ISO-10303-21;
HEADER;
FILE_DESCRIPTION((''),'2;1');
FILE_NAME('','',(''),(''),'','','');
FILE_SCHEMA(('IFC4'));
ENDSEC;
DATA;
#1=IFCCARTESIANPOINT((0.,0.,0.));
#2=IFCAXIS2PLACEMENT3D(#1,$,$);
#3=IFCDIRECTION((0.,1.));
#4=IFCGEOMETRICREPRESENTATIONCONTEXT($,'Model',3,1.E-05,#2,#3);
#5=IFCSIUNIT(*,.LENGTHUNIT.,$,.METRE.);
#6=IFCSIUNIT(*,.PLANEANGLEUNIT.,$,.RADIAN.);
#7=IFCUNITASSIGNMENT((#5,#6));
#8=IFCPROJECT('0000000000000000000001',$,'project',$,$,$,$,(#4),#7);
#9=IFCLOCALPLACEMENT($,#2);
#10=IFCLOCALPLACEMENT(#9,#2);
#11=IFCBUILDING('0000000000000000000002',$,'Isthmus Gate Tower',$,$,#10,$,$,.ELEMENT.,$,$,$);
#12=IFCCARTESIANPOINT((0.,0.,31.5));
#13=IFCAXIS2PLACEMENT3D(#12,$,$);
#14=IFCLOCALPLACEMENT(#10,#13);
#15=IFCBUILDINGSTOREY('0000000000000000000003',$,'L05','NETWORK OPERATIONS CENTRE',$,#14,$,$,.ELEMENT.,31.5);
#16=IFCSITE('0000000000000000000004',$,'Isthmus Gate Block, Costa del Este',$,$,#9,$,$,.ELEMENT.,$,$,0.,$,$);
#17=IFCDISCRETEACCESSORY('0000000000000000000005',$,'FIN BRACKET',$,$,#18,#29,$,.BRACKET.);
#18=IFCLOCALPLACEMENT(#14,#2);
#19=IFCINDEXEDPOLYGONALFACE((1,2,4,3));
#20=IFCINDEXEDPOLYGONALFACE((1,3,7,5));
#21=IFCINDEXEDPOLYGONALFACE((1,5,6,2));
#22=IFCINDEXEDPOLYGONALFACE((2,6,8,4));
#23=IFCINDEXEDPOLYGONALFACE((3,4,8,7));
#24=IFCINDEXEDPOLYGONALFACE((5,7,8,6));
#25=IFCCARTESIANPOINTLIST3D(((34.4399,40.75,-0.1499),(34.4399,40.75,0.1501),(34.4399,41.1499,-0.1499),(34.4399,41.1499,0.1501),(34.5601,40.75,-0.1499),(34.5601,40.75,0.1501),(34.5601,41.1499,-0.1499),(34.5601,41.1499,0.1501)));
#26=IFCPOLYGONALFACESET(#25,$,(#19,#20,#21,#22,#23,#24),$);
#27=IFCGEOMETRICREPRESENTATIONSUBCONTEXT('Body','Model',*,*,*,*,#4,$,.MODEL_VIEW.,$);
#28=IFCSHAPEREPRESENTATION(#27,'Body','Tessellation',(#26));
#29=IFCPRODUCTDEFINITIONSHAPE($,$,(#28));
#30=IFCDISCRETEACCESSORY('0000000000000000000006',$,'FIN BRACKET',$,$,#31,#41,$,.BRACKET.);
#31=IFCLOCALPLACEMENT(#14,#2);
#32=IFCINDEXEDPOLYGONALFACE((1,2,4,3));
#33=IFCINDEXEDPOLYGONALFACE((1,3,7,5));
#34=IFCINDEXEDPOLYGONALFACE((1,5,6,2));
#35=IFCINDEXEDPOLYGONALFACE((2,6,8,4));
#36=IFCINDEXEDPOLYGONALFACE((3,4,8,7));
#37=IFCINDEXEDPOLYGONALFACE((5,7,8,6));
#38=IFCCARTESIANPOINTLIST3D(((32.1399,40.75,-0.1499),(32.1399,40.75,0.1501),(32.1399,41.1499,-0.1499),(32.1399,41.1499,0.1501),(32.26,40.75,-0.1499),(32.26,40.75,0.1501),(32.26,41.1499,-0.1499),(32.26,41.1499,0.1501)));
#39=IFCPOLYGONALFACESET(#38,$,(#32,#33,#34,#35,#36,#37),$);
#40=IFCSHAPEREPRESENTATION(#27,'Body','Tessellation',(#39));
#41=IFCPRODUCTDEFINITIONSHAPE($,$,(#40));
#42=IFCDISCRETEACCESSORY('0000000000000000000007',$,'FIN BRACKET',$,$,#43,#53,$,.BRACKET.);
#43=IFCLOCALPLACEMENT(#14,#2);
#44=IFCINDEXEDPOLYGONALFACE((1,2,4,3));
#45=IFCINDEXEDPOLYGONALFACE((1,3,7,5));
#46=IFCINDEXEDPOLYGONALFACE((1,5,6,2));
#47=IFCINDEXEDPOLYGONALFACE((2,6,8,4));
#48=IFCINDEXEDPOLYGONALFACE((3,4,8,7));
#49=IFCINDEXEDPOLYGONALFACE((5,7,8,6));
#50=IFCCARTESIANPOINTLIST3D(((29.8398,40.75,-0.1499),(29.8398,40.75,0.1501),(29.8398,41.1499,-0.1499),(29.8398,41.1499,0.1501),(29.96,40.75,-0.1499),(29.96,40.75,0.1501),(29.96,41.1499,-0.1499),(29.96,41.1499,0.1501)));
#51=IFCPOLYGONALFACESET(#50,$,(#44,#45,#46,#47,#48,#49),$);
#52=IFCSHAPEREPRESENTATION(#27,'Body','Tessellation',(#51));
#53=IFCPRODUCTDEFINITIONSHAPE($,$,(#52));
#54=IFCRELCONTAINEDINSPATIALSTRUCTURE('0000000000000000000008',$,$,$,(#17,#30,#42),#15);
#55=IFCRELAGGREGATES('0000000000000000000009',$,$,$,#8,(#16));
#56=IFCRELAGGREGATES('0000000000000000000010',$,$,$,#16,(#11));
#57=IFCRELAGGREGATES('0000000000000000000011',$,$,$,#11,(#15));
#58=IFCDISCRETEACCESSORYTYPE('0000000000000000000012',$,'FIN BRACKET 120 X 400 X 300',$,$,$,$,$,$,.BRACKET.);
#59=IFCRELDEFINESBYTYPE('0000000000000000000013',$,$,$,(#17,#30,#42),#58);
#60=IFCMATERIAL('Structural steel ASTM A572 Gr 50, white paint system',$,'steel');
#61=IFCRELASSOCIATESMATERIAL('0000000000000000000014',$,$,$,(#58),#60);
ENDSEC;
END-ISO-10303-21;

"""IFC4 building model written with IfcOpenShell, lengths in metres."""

from ifc_helpers import new_model, si_unit, direction, frame, origin, origin_2d, place, context, subcontext, project, spatial, rectangle, extrude, material, type_object, element, save


model = new_model("IFC4")

# Units and contexts
model_context = context("Model", 3, precision=1e-05, world=origin(), true_north=direction((0.0, 1.0)))
body_context = subcontext(model_context, "Body", "Model", "MODEL_VIEW")
ifc_project = project(units=[si_unit("LENGTHUNIT", "METRE"), si_unit("PLANEANGLEUNIT", "RADIAN")], contexts=[model_context])

# Site, building, storey
site_placement = place(None, origin())
site = spatial("IfcSite", under=ifc_project, at=site_placement, Name="Isthmus Gate Block, Costa del Este", CompositionType="ELEMENT", RefElevation=0.0)
building_placement = place(site_placement, origin())
building = spatial("IfcBuilding", under=site, at=building_placement, Name="Isthmus Gate Tower", CompositionType="ELEMENT")
storey_placement = place(building_placement, frame((0.0, 0.0, 31.5)))
storey = spatial("IfcBuildingStorey", under=building, at=storey_placement, Name="L05", Description="NETWORK OPERATIONS CENTRE", CompositionType="ELEMENT", Elevation=31.5)

# Discrete accessories
ifc_material_1 = material(Name="Structural steel ASTM A572 Gr 50, white paint system", Category="steel")
discrete_accessory_type = type_object("IfcDiscreteAccessoryType", Name="FIN BRACKET 120 X 400 X 300", PredefinedType="BRACKET", material=ifc_material_1)
for number, where, z_axis, x_axis, name in (
    (1, (34.5, 40.95, -0.1499), (0.0, 0.0, 1.0), (0.0, 1.0, 0.0), "FIN BRACKET"),
    (2, (32.2, 40.95, -0.1499), (0.0, 0.0, 1.0), (0.0, 1.0, 0.0), "FIN BRACKET"),
    (3, (29.8999, 40.95, -0.1499), (0.0, 0.0, 1.0), (0.0, 1.0, 0.0), "FIN BRACKET"),
):
    element("IfcDiscreteAccessory", number, at=place(storey_placement, frame(where, z_axis=z_axis, x_axis=x_axis)), inside=storey, type_object=discrete_accessory_type, Name=name, PredefinedType="BRACKET", context=body_context, shape_type="SweptSolid", body=[
        extrude(rectangle(XDim=0.3999, YDim=0.1201, at=origin_2d()), origin(), (0.0, 0.0, 1.0), 0.3),
    ])

save(model, "model.ifc")
